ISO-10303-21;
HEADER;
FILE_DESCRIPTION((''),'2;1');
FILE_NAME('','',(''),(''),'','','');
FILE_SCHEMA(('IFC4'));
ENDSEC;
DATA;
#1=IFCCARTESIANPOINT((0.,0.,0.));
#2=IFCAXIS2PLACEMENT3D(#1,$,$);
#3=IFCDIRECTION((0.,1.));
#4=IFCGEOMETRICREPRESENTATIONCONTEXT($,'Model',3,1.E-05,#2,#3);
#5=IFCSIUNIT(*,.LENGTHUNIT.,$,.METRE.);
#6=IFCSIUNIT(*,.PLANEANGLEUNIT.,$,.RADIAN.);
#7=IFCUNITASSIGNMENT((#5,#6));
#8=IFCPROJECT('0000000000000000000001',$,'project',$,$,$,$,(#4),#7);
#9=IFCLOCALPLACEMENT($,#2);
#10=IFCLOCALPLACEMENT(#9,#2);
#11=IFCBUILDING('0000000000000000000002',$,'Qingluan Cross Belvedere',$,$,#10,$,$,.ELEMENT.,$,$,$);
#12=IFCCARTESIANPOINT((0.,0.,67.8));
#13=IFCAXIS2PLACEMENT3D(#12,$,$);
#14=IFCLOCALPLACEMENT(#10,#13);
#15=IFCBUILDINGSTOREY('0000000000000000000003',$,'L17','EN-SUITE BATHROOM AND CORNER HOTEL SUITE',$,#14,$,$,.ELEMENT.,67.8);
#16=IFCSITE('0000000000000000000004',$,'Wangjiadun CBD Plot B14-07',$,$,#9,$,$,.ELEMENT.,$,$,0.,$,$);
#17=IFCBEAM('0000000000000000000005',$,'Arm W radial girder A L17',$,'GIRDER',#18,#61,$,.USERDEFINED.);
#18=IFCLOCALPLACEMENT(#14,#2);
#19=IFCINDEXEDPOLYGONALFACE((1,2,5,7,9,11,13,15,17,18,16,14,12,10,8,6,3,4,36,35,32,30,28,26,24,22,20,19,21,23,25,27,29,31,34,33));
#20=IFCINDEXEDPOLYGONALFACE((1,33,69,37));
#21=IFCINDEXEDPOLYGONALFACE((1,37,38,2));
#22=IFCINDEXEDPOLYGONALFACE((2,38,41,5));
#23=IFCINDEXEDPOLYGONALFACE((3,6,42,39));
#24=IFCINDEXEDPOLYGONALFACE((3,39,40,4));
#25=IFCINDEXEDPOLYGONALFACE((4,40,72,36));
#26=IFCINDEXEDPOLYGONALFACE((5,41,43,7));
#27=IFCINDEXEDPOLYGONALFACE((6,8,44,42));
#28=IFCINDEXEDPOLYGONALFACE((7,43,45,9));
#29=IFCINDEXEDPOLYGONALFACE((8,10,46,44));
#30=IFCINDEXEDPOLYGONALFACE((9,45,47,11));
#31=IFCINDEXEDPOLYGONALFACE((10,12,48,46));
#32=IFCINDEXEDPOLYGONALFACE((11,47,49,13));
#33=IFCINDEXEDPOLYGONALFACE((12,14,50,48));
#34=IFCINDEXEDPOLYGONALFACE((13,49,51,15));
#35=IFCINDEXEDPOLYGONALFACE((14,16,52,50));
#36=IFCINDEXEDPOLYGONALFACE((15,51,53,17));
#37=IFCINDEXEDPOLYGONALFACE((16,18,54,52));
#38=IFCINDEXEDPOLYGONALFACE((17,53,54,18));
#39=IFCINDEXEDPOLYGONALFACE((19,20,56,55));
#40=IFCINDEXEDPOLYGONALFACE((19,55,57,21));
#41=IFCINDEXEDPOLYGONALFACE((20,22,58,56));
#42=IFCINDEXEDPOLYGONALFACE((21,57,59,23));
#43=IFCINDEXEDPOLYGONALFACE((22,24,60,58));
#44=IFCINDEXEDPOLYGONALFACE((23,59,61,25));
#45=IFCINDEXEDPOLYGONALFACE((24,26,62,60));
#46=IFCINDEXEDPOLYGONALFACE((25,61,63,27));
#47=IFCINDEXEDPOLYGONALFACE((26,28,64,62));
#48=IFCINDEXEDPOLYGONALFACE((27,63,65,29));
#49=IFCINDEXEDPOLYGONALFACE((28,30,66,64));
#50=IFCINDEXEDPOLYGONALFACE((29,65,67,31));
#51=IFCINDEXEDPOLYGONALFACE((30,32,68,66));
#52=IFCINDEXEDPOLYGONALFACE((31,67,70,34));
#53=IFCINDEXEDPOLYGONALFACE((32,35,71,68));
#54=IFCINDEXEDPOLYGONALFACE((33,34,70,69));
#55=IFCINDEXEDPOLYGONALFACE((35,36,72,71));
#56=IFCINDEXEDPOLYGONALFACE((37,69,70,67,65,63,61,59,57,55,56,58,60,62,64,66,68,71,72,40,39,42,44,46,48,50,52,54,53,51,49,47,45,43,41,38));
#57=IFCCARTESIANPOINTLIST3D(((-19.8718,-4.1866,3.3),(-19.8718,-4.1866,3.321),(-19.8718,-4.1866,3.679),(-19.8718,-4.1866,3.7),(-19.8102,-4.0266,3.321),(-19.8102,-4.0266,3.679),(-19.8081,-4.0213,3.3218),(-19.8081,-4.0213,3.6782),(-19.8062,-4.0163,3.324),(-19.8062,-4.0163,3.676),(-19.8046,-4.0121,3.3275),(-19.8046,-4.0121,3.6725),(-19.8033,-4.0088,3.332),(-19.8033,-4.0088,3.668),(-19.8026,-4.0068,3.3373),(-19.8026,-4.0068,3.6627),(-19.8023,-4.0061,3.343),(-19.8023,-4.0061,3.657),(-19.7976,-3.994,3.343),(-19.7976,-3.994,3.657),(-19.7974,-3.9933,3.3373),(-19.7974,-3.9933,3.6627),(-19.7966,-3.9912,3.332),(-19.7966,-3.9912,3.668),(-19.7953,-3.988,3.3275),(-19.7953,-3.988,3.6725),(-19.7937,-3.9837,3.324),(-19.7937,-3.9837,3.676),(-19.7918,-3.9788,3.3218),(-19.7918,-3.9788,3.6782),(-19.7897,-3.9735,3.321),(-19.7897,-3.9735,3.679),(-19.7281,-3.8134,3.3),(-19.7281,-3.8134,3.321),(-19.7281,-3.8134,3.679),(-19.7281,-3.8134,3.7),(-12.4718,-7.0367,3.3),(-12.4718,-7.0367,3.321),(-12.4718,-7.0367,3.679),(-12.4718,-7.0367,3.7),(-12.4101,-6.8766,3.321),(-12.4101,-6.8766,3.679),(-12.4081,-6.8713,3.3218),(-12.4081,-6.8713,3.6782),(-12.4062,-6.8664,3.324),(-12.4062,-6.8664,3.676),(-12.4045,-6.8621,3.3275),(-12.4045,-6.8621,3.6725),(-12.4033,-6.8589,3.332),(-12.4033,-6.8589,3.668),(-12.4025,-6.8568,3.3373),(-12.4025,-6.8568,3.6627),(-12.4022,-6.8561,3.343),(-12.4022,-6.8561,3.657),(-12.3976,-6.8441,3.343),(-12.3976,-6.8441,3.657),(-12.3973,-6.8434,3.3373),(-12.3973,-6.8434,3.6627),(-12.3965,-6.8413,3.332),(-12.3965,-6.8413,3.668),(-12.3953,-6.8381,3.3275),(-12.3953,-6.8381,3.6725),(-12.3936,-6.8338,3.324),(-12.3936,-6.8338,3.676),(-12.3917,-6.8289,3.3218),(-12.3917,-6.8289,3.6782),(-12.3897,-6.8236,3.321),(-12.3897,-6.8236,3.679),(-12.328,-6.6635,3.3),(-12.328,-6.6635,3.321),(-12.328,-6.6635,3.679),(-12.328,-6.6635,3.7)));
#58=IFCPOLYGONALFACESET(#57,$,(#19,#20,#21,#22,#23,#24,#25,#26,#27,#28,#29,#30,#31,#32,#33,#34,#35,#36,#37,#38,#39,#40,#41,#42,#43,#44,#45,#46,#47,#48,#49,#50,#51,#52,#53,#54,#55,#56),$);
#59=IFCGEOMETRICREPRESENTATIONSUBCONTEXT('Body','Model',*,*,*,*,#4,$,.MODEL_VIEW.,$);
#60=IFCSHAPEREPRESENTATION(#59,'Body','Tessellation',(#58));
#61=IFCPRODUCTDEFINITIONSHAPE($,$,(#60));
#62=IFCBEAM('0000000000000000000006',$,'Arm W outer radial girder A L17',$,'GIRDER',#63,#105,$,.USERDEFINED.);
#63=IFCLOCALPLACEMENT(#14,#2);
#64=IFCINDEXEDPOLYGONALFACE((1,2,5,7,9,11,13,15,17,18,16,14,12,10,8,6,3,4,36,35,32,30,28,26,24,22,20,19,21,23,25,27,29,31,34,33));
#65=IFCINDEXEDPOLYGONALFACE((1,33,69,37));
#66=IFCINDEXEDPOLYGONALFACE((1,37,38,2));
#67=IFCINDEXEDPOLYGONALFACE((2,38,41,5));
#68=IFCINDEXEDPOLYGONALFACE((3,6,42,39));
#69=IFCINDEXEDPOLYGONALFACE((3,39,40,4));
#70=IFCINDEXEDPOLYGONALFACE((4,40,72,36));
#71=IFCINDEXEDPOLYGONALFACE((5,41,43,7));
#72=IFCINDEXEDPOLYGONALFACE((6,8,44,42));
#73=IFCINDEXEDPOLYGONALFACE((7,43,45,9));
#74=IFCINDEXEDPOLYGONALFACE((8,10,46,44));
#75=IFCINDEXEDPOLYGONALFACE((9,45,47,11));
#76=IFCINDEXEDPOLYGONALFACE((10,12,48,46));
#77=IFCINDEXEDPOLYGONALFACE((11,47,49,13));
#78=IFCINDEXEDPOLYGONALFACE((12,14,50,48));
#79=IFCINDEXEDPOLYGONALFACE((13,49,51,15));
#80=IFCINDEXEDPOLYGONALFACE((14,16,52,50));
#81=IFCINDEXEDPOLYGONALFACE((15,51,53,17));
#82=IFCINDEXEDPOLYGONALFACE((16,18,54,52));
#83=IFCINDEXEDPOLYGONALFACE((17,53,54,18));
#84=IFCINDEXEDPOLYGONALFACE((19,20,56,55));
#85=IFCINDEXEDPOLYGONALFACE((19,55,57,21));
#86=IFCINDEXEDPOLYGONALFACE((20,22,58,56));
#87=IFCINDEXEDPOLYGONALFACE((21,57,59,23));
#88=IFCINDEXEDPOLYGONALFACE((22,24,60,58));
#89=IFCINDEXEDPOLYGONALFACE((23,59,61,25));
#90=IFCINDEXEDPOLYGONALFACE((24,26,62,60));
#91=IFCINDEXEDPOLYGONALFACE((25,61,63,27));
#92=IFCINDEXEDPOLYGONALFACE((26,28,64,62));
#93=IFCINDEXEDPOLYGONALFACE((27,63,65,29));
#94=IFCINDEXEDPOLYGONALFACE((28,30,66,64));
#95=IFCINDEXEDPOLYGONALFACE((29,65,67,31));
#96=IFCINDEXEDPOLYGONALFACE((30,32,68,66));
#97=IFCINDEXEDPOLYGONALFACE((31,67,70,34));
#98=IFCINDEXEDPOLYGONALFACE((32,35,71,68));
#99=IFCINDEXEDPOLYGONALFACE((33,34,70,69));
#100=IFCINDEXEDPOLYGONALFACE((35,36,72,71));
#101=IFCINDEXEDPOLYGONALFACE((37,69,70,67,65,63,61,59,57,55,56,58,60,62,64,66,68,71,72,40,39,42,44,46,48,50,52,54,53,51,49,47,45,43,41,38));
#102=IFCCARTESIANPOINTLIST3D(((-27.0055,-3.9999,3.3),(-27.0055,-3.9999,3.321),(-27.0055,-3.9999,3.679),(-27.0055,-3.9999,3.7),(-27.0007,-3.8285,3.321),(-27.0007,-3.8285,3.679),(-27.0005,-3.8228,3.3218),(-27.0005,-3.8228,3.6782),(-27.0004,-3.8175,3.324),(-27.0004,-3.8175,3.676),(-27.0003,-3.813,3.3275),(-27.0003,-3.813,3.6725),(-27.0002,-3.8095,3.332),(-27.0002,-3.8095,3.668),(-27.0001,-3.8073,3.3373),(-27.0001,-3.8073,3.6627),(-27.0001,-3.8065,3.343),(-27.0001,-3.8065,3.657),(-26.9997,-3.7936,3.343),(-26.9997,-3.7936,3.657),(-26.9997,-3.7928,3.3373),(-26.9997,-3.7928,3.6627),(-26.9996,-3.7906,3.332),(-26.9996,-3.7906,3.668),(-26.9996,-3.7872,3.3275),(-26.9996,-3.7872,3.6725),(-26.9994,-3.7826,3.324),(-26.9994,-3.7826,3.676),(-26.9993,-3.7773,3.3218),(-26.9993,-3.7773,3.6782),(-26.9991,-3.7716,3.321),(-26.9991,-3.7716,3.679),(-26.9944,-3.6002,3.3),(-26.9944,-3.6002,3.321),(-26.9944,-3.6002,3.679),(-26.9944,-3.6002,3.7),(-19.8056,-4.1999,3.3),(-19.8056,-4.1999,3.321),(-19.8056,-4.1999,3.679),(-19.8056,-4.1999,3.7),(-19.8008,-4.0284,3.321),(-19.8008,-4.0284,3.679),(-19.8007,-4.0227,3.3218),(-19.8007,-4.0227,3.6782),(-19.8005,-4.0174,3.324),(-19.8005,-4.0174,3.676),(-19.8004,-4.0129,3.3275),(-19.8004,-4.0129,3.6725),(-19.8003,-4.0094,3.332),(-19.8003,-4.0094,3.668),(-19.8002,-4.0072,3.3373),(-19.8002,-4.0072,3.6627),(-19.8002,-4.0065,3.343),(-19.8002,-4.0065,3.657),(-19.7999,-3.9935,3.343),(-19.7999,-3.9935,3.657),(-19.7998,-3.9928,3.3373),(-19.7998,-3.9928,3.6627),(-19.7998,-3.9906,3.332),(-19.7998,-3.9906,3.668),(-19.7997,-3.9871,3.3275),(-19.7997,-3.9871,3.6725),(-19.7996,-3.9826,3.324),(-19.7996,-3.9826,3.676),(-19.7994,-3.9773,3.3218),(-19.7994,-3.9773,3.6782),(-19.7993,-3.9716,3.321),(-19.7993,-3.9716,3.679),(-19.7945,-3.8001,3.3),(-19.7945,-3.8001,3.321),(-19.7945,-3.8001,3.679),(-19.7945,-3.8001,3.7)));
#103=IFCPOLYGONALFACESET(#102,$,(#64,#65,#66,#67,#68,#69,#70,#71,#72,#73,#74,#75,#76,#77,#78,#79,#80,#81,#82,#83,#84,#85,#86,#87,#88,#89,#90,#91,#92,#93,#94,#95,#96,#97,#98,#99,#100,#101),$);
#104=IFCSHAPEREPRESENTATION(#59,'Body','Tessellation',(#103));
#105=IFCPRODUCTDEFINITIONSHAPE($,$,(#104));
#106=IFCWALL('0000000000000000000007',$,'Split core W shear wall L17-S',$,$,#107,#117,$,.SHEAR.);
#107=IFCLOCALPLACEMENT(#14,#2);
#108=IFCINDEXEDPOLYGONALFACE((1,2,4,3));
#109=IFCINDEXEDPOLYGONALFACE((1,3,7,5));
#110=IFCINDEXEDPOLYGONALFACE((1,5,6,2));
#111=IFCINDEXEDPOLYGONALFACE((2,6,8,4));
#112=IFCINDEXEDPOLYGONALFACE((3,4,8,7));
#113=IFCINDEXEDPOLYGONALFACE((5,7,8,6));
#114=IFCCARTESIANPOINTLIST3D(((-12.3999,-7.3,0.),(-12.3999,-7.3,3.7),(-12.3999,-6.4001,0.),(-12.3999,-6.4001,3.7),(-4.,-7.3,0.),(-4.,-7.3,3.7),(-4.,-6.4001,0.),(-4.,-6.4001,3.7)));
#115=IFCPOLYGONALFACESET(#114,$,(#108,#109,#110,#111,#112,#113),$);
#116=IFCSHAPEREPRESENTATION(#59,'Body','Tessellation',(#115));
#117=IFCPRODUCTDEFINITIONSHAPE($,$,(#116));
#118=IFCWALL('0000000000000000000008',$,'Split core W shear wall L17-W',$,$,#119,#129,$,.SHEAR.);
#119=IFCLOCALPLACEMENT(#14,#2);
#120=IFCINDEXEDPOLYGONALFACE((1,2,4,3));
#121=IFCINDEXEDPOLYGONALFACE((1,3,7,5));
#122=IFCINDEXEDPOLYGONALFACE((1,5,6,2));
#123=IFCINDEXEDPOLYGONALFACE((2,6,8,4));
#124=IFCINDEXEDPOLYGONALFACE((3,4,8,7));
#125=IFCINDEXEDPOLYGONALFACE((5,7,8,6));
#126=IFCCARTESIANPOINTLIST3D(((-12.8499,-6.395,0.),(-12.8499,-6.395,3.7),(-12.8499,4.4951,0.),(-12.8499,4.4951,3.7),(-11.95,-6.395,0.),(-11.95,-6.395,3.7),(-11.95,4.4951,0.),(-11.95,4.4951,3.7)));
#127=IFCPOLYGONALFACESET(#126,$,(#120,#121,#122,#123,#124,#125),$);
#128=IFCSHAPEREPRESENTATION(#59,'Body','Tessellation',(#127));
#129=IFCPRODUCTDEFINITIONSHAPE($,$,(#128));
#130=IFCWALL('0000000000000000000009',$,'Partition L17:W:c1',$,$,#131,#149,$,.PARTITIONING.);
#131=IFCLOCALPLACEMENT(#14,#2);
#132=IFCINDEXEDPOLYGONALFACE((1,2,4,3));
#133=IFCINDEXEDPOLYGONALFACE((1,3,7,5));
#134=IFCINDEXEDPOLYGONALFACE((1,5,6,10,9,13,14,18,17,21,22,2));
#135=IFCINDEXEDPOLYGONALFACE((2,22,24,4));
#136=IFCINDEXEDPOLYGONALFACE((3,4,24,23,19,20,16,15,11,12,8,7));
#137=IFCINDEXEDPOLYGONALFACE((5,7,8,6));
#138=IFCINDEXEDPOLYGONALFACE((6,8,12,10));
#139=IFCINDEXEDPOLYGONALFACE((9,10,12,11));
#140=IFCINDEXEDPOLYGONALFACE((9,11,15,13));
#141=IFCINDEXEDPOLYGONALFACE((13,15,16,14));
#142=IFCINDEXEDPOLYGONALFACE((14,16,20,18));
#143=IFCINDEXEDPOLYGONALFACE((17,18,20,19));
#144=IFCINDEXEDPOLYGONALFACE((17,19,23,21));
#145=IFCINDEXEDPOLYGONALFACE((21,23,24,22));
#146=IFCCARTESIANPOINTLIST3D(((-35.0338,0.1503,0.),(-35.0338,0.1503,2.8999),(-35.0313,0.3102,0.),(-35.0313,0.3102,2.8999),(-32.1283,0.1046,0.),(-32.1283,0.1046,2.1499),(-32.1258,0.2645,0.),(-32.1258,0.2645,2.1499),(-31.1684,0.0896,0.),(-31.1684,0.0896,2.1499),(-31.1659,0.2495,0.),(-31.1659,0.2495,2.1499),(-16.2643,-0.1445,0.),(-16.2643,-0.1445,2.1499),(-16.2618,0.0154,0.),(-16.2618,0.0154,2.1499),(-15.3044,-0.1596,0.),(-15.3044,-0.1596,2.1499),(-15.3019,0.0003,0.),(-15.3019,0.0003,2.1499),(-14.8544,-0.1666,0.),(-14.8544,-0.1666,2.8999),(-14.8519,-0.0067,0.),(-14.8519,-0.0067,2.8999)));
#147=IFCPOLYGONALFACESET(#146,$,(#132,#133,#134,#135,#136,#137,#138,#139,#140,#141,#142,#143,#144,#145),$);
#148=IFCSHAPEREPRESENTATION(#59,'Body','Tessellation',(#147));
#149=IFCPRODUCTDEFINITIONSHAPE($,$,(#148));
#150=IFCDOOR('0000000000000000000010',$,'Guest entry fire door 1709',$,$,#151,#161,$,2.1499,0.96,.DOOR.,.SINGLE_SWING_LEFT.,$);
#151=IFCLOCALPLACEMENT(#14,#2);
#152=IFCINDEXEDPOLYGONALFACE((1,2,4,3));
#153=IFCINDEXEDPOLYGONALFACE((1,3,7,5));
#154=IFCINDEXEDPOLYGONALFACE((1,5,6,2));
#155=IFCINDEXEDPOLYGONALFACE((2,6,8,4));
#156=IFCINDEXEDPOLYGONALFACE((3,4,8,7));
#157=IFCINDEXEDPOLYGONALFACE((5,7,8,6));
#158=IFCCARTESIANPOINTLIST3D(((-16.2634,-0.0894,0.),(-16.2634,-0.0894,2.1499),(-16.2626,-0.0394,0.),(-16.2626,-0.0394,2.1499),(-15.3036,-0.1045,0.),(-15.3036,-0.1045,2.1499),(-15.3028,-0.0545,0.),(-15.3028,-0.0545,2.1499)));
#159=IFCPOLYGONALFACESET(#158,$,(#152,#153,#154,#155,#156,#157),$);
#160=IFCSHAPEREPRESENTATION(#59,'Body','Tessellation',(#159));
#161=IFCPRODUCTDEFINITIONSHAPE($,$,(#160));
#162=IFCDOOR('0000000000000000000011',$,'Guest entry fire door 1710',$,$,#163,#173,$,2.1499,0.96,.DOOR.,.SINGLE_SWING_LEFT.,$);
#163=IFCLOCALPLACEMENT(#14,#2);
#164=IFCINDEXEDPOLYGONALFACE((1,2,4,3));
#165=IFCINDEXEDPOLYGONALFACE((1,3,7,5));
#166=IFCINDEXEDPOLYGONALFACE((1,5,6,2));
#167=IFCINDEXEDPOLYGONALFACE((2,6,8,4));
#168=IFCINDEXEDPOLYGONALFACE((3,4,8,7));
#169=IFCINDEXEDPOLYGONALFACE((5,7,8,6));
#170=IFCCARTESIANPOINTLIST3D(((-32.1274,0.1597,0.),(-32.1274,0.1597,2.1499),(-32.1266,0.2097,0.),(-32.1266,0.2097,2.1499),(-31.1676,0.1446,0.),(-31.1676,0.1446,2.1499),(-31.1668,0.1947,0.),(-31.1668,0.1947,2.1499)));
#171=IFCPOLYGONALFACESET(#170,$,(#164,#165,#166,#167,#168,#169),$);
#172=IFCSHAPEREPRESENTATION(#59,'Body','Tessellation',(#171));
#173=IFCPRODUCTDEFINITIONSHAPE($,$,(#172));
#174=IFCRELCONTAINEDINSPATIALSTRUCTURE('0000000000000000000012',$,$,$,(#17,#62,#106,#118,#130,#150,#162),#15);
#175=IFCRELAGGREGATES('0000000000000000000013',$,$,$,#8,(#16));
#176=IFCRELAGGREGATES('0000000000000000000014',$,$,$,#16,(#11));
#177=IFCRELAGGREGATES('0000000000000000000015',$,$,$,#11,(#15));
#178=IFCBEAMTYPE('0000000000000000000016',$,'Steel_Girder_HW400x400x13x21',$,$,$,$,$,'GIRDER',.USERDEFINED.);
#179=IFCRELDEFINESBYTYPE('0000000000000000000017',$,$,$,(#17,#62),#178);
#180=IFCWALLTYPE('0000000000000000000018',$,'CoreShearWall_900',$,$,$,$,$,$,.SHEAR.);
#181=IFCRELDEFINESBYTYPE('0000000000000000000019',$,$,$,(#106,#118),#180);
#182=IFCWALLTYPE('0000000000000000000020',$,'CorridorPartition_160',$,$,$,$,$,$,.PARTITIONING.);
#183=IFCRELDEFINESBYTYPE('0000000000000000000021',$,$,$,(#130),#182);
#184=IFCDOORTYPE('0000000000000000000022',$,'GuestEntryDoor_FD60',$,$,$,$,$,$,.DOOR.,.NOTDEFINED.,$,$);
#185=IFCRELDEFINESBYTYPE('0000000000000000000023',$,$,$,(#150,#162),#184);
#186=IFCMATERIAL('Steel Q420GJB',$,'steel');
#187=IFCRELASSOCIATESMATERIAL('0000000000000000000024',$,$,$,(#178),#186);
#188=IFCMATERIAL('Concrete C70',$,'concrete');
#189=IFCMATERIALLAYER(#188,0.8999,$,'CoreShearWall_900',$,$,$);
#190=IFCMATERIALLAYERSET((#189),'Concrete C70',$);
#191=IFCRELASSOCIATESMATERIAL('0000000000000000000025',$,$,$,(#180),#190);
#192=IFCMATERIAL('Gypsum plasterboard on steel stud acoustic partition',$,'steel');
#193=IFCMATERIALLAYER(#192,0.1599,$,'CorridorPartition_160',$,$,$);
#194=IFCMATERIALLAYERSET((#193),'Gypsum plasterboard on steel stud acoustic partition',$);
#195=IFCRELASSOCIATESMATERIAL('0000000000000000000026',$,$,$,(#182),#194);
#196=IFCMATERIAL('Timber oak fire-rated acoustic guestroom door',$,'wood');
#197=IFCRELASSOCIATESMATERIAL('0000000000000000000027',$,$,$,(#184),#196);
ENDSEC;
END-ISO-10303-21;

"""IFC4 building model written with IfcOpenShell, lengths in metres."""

from ifc_helpers import new_model, si_unit, direction, frame, frame_2d, origin, origin_2d, place, context, subcontext, project, spatial, rectangle, i_section, extrude, material, layer, layer_set, material_profile, profile_set, type_object, element, fill, save


model = new_model("IFC4")

# Units and contexts
model_context = context("Model", 3, precision=1e-05, world=origin(), true_north=direction((0.0, 1.0)))
body_context = subcontext(model_context, "Body", "Model", "MODEL_VIEW")
ifc_project = project(units=[si_unit("LENGTHUNIT", "METRE"), si_unit("PLANEANGLEUNIT", "RADIAN")], contexts=[model_context])

# Site, building, storey
site_placement = place(None, origin())
site = spatial("IfcSite", under=ifc_project, at=site_placement, Name="Wangjiadun CBD Plot B14-07", CompositionType="ELEMENT", RefElevation=0.0)
building_placement = place(site_placement, origin())
building = spatial("IfcBuilding", under=site, at=building_placement, Name="Qingluan Cross Belvedere", CompositionType="ELEMENT")
storey_placement = place(building_placement, frame((0.0, 0.0, 67.8)))
storey = spatial("IfcBuildingStorey", under=building, at=storey_placement, Name="L17", Description="EN-SUITE BATHROOM AND CORNER HOTEL SUITE", CompositionType="ELEMENT", Elevation=67.8)

# Beams
ifc_material_1 = material(Name="Steel Q420GJB", Category="steel")
ifc_material_profile_1 = material_profile(ifc_material_1, i_section(OverallWidth=0.3999, OverallDepth=0.3999, WebThickness=0.0129, FlangeThickness=0.021, FilletRadius=0.022, at=origin_2d()), Name="HW400x400x13x21")
ifc_profile_set_1 = profile_set([ifc_material_profile_1], Name="Steel Q420GJB")
beam_type_1 = type_object("IfcBeamType", Name="Steel_Girder_HW400x400x13x21", ElementType="GIRDER", PredefinedType="USERDEFINED", material=ifc_profile_set_1)
beam_1_placement = place(storey_placement, frame((-12.3999, -6.8501, 3.5), z_axis=(-0.933181, 0.359406, 0.0), x_axis=(-0.359406, -0.933181, 0.0)))
element("IfcBeam", 1, at=beam_1_placement, inside=storey, type_object=beam_type_1, Name="Arm W radial girder A L17", ObjectType="GIRDER", PredefinedType="USERDEFINED", context=body_context, shape_type="SweptSolid", body=[
    extrude(i_section(OverallWidth=0.3999, OverallDepth=0.3999, WebThickness=0.0129, FlangeThickness=0.021, FilletRadius=0.022, at=origin_2d()), origin(), (0.0, 0.0, 1.0), 7.9299),
])
beam_2_placement = place(storey_placement, frame((-19.8, -4.0, 3.5), z_axis=(-0.999615, 0.02776, 0.0), x_axis=(-0.02776, -0.999615, 0.0)))
element("IfcBeam", 2, at=beam_2_placement, inside=storey, type_object=beam_type_1, Name="Arm W outer radial girder A L17", ObjectType="GIRDER", PredefinedType="USERDEFINED", context=body_context, shape_type="SweptSolid", body=[
    extrude(i_section(OverallWidth=0.3999, OverallDepth=0.3999, WebThickness=0.0129, FlangeThickness=0.021, FilletRadius=0.022, at=origin_2d()), origin(), (0.0, 0.0, 1.0), 7.2026),
])

# Walls
ifc_material_2 = material(Name="Concrete C70", Category="concrete")
ifc_layer_1 = layer(ifc_material_2, 0.8999, Name="CoreShearWall_900")
ifc_layer_set_1 = layer_set([ifc_layer_1], Name="Concrete C70")
wall_type_1 = type_object("IfcWallType", Name="CoreShearWall_900", PredefinedType="SHEAR", material=ifc_layer_set_1)
wall_1_placement = place(storey_placement, frame((-12.3999, -6.8501, 0.0), z_axis=(0.0, 0.0, 1.0), x_axis=(1.0, 0.0, 0.0)))
element("IfcWall", 3, at=wall_1_placement, inside=storey, type_object=wall_type_1, Name="Split core W shear wall L17-S", PredefinedType="SHEAR", context=body_context, shape_type="SweptSolid", body=[
    extrude(rectangle(XDim=8.3999, YDim=0.8999, at=frame_2d((4.2, 0.0))), origin(), (0.0, 0.0, 1.0), 3.7),
])
wall_2_placement = place(storey_placement, frame((-12.3999, -6.395, 0.0), z_axis=(0.0, 0.0, 1.0), x_axis=(0.0, 1.0, 0.0)))
element("IfcWall", 4, at=wall_2_placement, inside=storey, type_object=wall_type_1, Name="Split core W shear wall L17-W", PredefinedType="SHEAR", context=body_context, shape_type="SweptSolid", body=[
    extrude(rectangle(XDim=10.8901, YDim=0.8999, at=frame_2d((5.4451, 0.0))), origin(), (0.0, 0.0, 1.0), 3.7),
])

# Wall, openings, doors
ifc_material_3 = material(Name="Gypsum plasterboard on steel stud acoustic partition", Category="steel")
ifc_layer_2 = layer(ifc_material_3, 0.1599, Name="CorridorPartition_160")
ifc_layer_set_2 = layer_set([ifc_layer_2], Name="Gypsum plasterboard on steel stud acoustic partition")
wall_type_2 = type_object("IfcWallType", Name="CorridorPartition_160", PredefinedType="PARTITIONING", material=ifc_layer_set_2)
wall_3_placement = place(storey_placement, frame((-14.8533, -0.0867, 0.0), z_axis=(0.0, 0.0, 1.0), x_axis=(-0.999877, 0.015702, 0.0)))
wall_3 = element("IfcWall", 5, at=wall_3_placement, inside=storey, type_object=wall_type_2, Name="Partition L17:W:c1", PredefinedType="PARTITIONING", context=body_context, shape_type="SweptSolid", body=[
    extrude(rectangle(XDim=20.1819, YDim=0.1599, at=frame_2d((10.0908, 0.0))), origin(), (0.0, 0.0, 1.0), 2.8999),
])
opening_1_placement = place(wall_3_placement, frame((0.45, 0.0, 0.0)))
opening_1 = element("IfcOpeningElement", 6, at=opening_1_placement, cuts=wall_3, PredefinedType="OPENING", context=body_context, shape_type="SweptSolid", body=[
    extrude(rectangle(XDim=0.96, YDim=2.1499, at=frame_2d((0.48, 1.075))), frame((0.0, 0.0898, 0.0), z_axis=(0.0, -1.0, 0.0), x_axis=(1.0, 0.0, 0.0)), (0.0, 0.0, 1.0), 0.1799),
])
opening_2_placement = place(wall_3_placement, frame((16.3159, 0.0, 0.0)))
opening_2 = element("IfcOpeningElement", 7, at=opening_2_placement, cuts=wall_3, PredefinedType="OPENING", context=body_context, shape_type="SweptSolid", body=[
    extrude(rectangle(XDim=0.96, YDim=2.1499, at=frame_2d((0.48, 1.075))), frame((0.0, 0.0898, 0.0), z_axis=(0.0, -1.0, 0.0), x_axis=(1.0, 0.0, 0.0)), (0.0, 0.0, 1.0), 0.1799),
])
ifc_material_4 = material(Name="Timber oak fire-rated acoustic guestroom door", Category="wood")
door_type_1 = type_object("IfcDoorType", Name="GuestEntryDoor_FD60", OperationType="NOTDEFINED", PredefinedType="DOOR", material=ifc_material_4)
door_1_placement = place(opening_1_placement, origin())
door_1 = element("IfcDoor", 8, at=door_1_placement, inside=storey, type_object=door_type_1, Name="Guest entry fire door 1709", OperationType="SINGLE_SWING_LEFT", OverallHeight=2.1499, OverallWidth=0.96, PredefinedType="DOOR", context=body_context, shape_type="SweptSolid", body=[
    extrude(rectangle(XDim=0.96, YDim=2.1499, at=frame_2d((0.48, 1.075))), frame((0.0, 0.0249, 0.0), z_axis=(0.0, -1.0, 0.0), x_axis=(1.0, 0.0, 0.0)), (0.0, 0.0, 1.0), 0.05),
])
fill(opening_1, door_1)
door_2_placement = place(opening_2_placement, origin())
door_2 = element("IfcDoor", 9, at=door_2_placement, inside=storey, type_object=door_type_1, Name="Guest entry fire door 1710", OperationType="SINGLE_SWING_LEFT", OverallHeight=2.1499, OverallWidth=0.96, PredefinedType="DOOR", context=body_context, shape_type="SweptSolid", body=[
    extrude(rectangle(XDim=0.96, YDim=2.1499, at=frame_2d((0.48, 1.075))), frame((0.0, 0.0249, 0.0), z_axis=(0.0, -1.0, 0.0), x_axis=(1.0, 0.0, 0.0)), (0.0, 0.0, 1.0), 0.05),
])
fill(opening_2, door_2)

save(model, "model.ifc")
